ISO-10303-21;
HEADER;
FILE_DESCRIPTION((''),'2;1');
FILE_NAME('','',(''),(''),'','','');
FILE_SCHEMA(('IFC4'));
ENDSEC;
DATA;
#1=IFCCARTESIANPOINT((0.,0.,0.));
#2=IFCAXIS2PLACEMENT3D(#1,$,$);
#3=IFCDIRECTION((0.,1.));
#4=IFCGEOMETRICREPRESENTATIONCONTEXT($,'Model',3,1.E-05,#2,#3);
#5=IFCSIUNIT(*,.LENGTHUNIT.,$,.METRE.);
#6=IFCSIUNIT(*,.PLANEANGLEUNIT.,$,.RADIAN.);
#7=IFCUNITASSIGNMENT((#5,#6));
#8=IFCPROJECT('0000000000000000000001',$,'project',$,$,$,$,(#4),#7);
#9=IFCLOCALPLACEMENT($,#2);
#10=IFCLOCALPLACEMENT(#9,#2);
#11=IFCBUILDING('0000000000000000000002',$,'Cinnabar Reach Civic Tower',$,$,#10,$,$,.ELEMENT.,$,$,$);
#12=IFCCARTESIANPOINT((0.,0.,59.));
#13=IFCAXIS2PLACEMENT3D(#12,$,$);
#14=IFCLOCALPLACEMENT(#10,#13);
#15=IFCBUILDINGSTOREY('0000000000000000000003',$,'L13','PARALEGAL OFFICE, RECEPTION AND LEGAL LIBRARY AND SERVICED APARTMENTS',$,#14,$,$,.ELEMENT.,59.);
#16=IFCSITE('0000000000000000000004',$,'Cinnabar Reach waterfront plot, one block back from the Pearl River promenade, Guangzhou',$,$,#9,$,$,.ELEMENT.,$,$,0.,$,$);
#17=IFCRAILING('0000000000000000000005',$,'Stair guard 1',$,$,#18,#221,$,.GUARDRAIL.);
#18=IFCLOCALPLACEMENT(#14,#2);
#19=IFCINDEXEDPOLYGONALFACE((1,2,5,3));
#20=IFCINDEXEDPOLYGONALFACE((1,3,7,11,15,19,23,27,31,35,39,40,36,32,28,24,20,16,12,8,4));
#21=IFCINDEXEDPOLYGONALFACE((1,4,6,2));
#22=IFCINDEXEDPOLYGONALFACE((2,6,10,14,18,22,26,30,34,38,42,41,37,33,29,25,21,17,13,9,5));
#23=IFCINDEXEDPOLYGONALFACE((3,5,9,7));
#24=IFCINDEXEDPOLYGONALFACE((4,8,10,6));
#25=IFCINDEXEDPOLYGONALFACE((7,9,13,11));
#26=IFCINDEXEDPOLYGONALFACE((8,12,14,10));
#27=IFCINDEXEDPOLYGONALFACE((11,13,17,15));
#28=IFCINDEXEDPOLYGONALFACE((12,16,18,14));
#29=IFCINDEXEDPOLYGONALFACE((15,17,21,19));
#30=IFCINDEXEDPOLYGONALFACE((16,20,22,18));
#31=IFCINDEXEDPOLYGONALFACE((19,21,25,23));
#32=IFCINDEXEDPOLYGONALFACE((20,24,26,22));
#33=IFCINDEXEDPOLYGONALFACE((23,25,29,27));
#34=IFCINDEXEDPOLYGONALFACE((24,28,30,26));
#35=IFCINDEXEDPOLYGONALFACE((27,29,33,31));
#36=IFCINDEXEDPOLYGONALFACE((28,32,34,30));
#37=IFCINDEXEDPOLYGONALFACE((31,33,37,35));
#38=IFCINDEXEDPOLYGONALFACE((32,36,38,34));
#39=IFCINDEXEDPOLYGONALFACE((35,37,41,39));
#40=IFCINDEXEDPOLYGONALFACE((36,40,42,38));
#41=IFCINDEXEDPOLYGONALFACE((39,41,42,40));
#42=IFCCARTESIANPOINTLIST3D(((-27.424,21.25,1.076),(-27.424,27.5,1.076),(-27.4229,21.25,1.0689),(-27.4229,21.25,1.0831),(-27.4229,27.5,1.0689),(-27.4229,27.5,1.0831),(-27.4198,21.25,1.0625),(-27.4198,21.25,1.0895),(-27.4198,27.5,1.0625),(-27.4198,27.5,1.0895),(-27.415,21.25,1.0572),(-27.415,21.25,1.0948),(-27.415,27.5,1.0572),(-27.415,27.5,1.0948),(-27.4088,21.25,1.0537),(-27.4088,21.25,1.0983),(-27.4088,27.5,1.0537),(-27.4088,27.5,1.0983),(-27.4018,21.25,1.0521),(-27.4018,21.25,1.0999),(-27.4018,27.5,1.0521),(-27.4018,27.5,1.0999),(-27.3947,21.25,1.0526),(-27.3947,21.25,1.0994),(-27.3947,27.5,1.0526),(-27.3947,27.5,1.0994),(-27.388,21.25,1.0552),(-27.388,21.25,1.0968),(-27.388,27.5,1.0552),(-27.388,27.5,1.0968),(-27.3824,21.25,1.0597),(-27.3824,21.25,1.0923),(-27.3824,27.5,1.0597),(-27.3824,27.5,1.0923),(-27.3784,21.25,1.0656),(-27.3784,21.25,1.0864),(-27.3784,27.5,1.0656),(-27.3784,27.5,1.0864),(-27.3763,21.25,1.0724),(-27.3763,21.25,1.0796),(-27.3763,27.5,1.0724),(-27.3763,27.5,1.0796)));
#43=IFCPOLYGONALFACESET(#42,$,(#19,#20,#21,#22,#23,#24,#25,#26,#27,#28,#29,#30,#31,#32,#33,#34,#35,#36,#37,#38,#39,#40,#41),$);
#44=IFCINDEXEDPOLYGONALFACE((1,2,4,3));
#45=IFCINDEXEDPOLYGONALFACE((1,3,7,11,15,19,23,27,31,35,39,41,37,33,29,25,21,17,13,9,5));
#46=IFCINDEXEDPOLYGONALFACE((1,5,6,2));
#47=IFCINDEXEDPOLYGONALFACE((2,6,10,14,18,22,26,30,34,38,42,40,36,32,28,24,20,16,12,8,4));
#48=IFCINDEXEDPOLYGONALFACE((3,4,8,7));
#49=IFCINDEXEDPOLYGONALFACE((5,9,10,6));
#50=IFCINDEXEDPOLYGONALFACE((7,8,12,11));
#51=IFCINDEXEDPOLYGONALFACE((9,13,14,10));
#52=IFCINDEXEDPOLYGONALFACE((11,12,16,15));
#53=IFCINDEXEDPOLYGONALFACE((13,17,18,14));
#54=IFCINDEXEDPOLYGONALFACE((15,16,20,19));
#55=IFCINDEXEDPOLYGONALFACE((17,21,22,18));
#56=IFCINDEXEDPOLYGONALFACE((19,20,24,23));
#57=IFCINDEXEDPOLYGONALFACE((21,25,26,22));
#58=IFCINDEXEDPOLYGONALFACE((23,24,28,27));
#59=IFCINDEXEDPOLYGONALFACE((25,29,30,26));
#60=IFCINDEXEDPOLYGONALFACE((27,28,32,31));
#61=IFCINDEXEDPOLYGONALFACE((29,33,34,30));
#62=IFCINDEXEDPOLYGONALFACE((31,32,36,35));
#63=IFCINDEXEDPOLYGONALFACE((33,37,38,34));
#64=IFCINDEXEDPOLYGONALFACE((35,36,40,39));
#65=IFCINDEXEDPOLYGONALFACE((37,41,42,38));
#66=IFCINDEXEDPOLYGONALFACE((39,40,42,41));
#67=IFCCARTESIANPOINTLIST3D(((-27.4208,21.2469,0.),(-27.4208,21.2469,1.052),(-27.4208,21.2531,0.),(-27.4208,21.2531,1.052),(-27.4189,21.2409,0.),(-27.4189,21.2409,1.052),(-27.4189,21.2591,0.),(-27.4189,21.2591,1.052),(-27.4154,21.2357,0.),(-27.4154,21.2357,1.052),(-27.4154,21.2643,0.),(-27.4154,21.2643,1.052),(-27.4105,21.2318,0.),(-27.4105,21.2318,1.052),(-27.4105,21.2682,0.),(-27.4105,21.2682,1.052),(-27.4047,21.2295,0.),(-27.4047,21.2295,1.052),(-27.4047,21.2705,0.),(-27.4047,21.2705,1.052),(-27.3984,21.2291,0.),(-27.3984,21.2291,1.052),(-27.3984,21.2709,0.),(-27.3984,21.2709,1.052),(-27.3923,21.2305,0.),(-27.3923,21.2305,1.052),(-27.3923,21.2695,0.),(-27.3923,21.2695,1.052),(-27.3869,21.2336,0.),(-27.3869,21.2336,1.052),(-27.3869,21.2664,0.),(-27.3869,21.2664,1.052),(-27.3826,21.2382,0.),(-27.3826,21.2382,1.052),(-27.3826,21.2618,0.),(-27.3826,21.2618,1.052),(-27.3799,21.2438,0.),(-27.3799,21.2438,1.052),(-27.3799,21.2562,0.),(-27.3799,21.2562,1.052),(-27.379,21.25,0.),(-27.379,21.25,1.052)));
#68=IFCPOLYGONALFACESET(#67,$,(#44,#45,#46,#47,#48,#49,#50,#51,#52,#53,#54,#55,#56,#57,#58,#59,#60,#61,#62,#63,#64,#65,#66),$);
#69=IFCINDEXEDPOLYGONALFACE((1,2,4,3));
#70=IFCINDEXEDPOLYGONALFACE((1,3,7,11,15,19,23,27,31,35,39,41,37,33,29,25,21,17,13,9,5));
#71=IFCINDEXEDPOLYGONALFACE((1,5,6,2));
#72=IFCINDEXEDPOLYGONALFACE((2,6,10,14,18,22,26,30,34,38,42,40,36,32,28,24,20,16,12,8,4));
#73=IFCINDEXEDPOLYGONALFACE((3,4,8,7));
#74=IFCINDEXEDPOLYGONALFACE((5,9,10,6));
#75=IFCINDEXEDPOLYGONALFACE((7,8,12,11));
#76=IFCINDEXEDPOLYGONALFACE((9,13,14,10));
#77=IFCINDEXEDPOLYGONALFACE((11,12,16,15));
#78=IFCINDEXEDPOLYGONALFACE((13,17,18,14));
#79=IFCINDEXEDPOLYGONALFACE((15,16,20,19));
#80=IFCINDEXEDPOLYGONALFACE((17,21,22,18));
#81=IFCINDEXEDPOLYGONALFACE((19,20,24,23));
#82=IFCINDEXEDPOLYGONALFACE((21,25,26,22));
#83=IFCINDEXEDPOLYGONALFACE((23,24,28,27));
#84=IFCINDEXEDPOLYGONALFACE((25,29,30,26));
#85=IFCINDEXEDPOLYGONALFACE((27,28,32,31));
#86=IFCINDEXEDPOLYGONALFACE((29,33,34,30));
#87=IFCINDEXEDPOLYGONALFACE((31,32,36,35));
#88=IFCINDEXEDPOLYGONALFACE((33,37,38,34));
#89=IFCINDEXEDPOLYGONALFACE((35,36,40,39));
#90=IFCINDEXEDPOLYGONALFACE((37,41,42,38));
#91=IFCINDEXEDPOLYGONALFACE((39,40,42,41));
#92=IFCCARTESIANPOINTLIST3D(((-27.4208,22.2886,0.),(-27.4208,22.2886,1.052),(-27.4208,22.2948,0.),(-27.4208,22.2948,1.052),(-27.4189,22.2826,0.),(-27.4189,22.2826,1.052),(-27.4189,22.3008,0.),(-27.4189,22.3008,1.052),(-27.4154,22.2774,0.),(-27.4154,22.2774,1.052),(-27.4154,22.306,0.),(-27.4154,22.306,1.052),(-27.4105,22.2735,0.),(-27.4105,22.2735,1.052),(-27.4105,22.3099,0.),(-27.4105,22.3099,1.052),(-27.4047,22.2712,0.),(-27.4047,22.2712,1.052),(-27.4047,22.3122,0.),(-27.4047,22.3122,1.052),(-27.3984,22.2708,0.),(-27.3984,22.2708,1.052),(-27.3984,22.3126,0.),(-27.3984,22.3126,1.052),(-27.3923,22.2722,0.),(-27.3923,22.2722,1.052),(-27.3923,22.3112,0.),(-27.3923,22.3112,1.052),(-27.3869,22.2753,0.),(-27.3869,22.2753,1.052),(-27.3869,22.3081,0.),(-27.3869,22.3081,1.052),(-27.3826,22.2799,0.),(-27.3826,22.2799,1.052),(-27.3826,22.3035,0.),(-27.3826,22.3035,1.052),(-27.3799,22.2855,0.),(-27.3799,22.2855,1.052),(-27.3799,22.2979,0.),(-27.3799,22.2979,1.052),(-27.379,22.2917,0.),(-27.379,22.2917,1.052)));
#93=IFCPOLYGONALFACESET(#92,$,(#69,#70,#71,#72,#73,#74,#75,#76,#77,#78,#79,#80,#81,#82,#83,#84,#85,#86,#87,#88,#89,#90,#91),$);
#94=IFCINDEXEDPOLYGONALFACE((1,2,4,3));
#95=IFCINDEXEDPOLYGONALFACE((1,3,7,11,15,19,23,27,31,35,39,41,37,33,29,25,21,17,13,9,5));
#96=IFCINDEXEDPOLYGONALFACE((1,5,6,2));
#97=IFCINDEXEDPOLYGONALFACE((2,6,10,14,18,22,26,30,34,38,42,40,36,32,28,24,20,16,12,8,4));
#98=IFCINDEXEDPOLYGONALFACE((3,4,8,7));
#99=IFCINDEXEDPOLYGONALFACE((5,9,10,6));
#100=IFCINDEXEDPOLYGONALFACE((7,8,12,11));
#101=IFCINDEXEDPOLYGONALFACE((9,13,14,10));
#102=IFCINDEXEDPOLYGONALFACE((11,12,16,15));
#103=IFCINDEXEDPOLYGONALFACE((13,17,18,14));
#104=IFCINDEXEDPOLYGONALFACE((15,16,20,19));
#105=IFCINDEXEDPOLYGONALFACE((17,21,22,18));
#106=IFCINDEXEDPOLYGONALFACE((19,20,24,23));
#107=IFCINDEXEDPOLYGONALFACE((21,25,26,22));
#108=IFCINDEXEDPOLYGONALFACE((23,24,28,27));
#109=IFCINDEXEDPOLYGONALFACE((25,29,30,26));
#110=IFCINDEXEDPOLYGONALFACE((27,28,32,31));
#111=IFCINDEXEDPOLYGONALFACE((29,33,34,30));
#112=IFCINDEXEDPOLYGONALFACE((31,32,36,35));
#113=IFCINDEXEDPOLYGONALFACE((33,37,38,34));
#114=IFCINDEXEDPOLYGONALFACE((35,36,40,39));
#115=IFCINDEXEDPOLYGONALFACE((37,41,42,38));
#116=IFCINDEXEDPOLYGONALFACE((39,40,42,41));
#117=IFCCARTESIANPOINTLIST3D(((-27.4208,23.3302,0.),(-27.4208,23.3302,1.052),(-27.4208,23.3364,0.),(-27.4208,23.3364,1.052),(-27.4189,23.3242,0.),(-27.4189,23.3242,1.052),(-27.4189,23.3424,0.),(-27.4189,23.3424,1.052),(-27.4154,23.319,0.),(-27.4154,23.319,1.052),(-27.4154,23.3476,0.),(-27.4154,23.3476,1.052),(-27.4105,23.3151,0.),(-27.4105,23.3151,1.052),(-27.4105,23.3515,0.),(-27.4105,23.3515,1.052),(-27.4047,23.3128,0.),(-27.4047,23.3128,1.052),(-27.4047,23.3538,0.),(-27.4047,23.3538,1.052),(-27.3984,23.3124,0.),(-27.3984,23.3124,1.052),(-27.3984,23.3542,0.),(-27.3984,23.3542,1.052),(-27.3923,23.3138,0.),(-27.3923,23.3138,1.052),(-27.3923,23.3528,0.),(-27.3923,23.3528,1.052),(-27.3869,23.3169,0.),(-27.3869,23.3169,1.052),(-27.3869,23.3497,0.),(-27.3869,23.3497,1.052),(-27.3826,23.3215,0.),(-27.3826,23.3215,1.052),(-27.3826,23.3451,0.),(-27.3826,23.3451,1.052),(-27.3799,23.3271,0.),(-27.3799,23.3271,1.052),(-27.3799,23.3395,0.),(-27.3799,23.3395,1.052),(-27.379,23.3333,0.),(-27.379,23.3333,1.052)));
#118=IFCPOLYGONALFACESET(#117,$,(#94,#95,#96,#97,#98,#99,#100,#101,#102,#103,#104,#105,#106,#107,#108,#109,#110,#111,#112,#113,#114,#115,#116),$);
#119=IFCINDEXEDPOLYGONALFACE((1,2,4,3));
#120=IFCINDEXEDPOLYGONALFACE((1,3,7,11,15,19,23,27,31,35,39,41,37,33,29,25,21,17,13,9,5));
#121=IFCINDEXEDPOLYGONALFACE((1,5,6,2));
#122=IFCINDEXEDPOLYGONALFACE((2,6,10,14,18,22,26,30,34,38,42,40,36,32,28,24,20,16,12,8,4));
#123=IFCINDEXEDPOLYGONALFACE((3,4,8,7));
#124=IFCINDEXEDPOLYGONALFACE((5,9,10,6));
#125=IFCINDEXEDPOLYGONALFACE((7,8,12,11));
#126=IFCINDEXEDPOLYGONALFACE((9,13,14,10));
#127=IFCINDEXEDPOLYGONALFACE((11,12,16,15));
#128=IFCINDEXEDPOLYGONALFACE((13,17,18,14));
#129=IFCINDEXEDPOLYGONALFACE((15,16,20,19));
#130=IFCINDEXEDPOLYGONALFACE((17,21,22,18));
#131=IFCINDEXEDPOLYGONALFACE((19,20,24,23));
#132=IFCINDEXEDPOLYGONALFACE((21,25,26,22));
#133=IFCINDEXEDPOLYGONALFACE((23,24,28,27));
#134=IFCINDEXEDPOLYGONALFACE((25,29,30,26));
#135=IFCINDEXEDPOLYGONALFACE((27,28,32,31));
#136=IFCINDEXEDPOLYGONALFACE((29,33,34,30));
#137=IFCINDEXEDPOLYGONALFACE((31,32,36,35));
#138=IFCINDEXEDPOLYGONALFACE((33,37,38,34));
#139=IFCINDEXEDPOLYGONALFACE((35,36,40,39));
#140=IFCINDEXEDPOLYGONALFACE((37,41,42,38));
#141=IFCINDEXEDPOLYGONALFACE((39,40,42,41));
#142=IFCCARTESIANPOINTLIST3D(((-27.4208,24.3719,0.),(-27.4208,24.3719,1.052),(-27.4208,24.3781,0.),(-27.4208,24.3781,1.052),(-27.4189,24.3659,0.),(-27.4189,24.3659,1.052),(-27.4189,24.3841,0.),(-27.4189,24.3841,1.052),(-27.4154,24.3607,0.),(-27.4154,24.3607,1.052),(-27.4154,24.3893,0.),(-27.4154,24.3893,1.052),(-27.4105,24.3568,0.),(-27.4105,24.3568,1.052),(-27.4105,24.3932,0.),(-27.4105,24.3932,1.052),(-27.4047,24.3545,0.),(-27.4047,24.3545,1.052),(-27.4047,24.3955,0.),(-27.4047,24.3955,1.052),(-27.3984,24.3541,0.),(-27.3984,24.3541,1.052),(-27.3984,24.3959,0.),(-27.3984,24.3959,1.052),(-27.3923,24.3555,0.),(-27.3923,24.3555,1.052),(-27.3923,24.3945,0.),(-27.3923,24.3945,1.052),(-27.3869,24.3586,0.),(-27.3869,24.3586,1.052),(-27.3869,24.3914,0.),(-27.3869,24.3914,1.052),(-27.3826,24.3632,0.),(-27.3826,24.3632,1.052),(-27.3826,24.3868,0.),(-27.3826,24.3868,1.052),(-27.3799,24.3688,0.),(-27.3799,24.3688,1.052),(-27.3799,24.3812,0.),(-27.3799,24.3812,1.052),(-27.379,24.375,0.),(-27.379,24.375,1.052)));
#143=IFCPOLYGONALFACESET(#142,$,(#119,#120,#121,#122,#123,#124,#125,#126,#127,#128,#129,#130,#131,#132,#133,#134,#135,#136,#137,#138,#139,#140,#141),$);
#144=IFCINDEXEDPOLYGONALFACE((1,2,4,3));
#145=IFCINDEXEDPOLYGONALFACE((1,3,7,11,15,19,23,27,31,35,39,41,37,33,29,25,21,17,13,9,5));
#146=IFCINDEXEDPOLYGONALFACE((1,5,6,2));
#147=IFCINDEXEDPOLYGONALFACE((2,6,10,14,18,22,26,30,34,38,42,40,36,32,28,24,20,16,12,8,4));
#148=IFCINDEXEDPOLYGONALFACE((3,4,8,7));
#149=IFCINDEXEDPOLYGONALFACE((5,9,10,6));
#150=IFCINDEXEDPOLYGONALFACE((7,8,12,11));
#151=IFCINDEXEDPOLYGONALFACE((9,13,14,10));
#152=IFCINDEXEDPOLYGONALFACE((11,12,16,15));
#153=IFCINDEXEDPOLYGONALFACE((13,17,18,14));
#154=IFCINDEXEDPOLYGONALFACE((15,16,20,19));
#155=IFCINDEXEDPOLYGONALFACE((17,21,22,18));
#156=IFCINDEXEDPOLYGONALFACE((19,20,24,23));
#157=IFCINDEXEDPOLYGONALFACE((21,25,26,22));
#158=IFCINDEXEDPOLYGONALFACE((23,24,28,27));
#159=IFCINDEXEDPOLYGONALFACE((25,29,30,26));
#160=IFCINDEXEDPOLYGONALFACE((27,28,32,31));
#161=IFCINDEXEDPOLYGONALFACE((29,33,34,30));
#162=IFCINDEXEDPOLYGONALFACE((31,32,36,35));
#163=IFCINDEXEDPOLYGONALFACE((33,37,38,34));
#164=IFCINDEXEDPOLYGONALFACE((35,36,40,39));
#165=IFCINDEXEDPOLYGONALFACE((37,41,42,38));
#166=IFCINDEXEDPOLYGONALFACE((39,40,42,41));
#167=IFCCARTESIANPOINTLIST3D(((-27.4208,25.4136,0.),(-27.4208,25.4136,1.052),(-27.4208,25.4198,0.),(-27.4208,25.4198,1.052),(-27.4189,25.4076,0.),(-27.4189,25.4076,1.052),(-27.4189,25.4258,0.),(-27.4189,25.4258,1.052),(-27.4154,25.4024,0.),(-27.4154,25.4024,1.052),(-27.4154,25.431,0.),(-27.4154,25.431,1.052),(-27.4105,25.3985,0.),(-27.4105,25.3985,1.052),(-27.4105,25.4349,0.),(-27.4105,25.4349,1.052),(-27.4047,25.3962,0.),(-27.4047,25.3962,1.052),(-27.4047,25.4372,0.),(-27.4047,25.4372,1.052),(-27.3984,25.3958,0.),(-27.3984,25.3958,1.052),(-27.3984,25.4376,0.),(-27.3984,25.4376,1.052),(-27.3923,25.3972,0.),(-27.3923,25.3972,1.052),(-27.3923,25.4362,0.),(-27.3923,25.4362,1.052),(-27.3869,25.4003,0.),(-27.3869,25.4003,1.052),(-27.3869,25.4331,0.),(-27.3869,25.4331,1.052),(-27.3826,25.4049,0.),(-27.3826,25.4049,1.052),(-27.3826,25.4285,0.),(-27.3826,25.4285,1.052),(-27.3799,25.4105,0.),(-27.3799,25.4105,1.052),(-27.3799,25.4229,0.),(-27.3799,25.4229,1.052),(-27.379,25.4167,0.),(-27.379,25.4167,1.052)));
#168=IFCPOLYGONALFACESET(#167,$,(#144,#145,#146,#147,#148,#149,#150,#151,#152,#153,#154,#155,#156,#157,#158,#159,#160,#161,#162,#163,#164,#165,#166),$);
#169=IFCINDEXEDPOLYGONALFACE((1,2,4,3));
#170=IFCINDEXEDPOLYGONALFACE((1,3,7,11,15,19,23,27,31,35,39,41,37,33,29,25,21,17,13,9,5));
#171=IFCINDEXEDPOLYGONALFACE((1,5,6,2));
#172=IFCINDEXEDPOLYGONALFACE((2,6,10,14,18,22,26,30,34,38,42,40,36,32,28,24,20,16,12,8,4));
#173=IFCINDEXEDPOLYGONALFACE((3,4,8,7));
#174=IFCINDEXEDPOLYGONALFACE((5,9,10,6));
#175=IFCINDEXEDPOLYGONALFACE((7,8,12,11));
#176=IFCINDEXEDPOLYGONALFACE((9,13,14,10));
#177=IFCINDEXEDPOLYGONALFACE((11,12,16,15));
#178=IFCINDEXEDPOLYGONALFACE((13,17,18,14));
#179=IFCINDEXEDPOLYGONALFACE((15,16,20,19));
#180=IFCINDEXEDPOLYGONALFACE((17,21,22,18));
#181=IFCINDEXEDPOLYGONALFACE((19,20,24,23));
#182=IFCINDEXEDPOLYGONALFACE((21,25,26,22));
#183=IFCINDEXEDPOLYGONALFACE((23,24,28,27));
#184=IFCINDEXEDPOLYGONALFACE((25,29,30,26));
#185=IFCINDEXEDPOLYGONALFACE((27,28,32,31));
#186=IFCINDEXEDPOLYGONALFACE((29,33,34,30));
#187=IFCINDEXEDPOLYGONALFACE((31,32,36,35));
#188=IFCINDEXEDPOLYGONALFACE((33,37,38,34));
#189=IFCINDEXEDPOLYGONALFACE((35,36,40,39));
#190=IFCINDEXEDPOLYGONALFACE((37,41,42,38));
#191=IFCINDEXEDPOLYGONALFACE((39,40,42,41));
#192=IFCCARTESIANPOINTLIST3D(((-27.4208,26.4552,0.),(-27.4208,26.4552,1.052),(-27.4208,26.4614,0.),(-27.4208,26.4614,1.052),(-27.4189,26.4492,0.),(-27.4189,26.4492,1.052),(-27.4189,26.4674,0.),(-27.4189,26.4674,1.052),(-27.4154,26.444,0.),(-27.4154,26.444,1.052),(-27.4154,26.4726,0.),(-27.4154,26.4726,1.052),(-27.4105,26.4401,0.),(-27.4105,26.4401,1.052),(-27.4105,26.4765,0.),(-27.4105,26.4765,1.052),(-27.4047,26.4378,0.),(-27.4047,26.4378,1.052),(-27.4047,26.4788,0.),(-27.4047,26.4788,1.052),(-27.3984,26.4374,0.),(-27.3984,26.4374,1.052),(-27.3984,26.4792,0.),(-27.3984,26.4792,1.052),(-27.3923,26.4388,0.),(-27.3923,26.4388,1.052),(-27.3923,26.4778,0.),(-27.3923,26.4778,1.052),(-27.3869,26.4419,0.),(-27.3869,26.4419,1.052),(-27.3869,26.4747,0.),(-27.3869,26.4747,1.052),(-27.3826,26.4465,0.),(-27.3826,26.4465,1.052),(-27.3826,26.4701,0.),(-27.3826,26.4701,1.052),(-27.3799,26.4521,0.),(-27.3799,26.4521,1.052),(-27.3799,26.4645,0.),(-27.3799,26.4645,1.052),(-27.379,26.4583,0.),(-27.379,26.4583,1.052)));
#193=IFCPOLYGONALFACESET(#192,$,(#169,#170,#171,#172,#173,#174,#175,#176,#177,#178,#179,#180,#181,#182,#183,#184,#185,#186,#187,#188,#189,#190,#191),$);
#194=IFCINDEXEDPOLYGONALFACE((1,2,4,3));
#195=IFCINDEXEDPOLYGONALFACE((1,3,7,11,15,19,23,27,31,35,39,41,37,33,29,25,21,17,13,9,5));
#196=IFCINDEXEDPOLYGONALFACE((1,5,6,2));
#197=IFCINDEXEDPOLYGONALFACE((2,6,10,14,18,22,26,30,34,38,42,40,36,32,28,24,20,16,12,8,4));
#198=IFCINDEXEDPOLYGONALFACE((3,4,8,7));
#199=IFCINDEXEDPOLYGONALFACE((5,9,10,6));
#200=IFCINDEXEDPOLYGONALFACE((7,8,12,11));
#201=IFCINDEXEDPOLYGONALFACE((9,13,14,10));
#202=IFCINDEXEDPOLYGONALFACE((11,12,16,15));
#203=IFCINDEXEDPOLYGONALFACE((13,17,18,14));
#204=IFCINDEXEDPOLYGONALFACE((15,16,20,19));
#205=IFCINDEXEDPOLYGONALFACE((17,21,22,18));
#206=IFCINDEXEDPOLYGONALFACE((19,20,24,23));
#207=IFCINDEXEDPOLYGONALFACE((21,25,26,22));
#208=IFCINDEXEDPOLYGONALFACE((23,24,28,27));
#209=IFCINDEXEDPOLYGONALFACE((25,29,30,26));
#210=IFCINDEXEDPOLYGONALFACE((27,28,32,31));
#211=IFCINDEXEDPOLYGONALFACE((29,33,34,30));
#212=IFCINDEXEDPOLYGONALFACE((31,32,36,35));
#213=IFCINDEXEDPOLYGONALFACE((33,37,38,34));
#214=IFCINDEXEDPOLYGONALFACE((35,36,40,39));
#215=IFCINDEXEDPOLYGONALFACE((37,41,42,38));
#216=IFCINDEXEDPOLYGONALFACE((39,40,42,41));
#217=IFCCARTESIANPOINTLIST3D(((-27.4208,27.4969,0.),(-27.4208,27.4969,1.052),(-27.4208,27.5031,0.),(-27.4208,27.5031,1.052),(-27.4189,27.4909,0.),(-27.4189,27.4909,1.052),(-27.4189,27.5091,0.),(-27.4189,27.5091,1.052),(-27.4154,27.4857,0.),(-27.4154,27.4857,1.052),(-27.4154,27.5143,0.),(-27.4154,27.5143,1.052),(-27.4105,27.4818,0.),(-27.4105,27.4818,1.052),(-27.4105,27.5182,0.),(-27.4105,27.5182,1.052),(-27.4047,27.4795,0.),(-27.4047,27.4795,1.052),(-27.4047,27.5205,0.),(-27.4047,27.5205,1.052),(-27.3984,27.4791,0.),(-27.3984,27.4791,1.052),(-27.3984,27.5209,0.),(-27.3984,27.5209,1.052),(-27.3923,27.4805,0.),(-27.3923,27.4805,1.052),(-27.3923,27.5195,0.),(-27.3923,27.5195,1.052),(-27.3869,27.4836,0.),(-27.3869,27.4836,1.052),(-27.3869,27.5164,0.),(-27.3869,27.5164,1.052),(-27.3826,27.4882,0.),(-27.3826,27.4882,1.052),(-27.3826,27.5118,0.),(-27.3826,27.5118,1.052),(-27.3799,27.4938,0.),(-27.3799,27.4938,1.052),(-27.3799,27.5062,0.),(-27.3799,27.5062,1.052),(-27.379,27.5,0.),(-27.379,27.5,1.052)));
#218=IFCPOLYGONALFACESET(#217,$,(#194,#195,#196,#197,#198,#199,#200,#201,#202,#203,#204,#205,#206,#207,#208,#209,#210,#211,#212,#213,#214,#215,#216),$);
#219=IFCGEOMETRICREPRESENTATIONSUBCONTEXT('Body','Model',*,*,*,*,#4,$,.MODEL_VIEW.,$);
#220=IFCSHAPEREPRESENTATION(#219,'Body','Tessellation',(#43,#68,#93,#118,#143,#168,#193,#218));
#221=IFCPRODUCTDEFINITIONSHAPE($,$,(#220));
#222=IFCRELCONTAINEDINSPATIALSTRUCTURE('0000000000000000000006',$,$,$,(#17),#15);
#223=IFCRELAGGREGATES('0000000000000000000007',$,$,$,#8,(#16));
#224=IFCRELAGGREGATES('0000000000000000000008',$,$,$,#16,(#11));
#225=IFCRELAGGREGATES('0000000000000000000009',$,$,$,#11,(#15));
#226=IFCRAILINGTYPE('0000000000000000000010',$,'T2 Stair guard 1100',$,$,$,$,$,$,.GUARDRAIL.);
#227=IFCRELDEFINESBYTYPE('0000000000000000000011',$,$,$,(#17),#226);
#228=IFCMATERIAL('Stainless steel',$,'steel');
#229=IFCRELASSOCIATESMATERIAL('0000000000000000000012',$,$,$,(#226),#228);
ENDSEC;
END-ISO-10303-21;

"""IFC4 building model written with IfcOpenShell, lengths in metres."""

from ifc_helpers import new_model, si_unit, direction, frame, origin, origin_2d, place, context, subcontext, project, spatial, circle, extrude, material, type_object, element, save


model = new_model("IFC4")

# Units and contexts
model_context = context("Model", 3, precision=1e-05, world=origin(), true_north=direction((0.0, 1.0)))
body_context = subcontext(model_context, "Body", "Model", "MODEL_VIEW")
ifc_project = project(units=[si_unit("LENGTHUNIT", "METRE"), si_unit("PLANEANGLEUNIT", "RADIAN")], contexts=[model_context])

# Site, building, storey
site_placement = place(None, origin())
site = spatial("IfcSite", under=ifc_project, at=site_placement, Name="Cinnabar Reach waterfront plot, one block back from the Pearl River promenade, Guangzhou", CompositionType="ELEMENT", RefElevation=0.0)
building_placement = place(site_placement, origin())
building = spatial("IfcBuilding", under=site, at=building_placement, Name="Cinnabar Reach Civic Tower", CompositionType="ELEMENT")
storey_placement = place(building_placement, frame((0.0, 0.0, 59.0)))
storey = spatial("IfcBuildingStorey", under=building, at=storey_placement, Name="L13", Description="PARALEGAL OFFICE, RECEPTION AND LEGAL LIBRARY AND SERVICED APARTMENTS", CompositionType="ELEMENT", Elevation=59.0)

# Railing
ifc_material_1 = material(Name="Stainless steel", Category="steel")
railing_type = type_object("IfcRailingType", Name="T2 Stair guard 1100", PredefinedType="GUARDRAIL", material=ifc_material_1)
for number, where, name in (
    (1, (-27.4, 21.25, 0.0), "Stair guard 1"),
):
    element("IfcRailing", number, at=place(storey_placement, frame(where)), inside=storey, type_object=railing_type, Name=name, PredefinedType="GUARDRAIL", context=body_context, shape_type="SweptSolid", body=[
        extrude(circle(Radius=0.024, at=origin_2d()), frame((0.0, 0.0, 1.076), z_axis=(0.0, 1.0, 0.0), x_axis=(-1.0, 0.0, 0.0)), (0.0, 0.0, 1.0), 6.25),
        extrude(circle(Radius=0.021, at=origin_2d()), origin(), (0.0, 0.0, 1.0), 1.052),
        extrude(circle(Radius=0.021, at=origin_2d()), frame((0.0, 1.0417, 0.0)), (0.0, 0.0, 1.0), 1.052),
        extrude(circle(Radius=0.021, at=origin_2d()), frame((0.0, 2.0833, 0.0)), (0.0, 0.0, 1.0), 1.052),
        extrude(circle(Radius=0.021, at=origin_2d()), frame((0.0, 3.125, 0.0)), (0.0, 0.0, 1.0), 1.052),
        extrude(circle(Radius=0.021, at=origin_2d()), frame((0.0, 4.1667, 0.0)), (0.0, 0.0, 1.0), 1.052),
        extrude(circle(Radius=0.021, at=origin_2d()), frame((0.0, 5.2083, 0.0)), (0.0, 0.0, 1.0), 1.052),
        extrude(circle(Radius=0.021, at=origin_2d()), frame((0.0, 6.25, 0.0)), (0.0, 0.0, 1.0), 1.052),
    ])

save(model, "model.ifc")
